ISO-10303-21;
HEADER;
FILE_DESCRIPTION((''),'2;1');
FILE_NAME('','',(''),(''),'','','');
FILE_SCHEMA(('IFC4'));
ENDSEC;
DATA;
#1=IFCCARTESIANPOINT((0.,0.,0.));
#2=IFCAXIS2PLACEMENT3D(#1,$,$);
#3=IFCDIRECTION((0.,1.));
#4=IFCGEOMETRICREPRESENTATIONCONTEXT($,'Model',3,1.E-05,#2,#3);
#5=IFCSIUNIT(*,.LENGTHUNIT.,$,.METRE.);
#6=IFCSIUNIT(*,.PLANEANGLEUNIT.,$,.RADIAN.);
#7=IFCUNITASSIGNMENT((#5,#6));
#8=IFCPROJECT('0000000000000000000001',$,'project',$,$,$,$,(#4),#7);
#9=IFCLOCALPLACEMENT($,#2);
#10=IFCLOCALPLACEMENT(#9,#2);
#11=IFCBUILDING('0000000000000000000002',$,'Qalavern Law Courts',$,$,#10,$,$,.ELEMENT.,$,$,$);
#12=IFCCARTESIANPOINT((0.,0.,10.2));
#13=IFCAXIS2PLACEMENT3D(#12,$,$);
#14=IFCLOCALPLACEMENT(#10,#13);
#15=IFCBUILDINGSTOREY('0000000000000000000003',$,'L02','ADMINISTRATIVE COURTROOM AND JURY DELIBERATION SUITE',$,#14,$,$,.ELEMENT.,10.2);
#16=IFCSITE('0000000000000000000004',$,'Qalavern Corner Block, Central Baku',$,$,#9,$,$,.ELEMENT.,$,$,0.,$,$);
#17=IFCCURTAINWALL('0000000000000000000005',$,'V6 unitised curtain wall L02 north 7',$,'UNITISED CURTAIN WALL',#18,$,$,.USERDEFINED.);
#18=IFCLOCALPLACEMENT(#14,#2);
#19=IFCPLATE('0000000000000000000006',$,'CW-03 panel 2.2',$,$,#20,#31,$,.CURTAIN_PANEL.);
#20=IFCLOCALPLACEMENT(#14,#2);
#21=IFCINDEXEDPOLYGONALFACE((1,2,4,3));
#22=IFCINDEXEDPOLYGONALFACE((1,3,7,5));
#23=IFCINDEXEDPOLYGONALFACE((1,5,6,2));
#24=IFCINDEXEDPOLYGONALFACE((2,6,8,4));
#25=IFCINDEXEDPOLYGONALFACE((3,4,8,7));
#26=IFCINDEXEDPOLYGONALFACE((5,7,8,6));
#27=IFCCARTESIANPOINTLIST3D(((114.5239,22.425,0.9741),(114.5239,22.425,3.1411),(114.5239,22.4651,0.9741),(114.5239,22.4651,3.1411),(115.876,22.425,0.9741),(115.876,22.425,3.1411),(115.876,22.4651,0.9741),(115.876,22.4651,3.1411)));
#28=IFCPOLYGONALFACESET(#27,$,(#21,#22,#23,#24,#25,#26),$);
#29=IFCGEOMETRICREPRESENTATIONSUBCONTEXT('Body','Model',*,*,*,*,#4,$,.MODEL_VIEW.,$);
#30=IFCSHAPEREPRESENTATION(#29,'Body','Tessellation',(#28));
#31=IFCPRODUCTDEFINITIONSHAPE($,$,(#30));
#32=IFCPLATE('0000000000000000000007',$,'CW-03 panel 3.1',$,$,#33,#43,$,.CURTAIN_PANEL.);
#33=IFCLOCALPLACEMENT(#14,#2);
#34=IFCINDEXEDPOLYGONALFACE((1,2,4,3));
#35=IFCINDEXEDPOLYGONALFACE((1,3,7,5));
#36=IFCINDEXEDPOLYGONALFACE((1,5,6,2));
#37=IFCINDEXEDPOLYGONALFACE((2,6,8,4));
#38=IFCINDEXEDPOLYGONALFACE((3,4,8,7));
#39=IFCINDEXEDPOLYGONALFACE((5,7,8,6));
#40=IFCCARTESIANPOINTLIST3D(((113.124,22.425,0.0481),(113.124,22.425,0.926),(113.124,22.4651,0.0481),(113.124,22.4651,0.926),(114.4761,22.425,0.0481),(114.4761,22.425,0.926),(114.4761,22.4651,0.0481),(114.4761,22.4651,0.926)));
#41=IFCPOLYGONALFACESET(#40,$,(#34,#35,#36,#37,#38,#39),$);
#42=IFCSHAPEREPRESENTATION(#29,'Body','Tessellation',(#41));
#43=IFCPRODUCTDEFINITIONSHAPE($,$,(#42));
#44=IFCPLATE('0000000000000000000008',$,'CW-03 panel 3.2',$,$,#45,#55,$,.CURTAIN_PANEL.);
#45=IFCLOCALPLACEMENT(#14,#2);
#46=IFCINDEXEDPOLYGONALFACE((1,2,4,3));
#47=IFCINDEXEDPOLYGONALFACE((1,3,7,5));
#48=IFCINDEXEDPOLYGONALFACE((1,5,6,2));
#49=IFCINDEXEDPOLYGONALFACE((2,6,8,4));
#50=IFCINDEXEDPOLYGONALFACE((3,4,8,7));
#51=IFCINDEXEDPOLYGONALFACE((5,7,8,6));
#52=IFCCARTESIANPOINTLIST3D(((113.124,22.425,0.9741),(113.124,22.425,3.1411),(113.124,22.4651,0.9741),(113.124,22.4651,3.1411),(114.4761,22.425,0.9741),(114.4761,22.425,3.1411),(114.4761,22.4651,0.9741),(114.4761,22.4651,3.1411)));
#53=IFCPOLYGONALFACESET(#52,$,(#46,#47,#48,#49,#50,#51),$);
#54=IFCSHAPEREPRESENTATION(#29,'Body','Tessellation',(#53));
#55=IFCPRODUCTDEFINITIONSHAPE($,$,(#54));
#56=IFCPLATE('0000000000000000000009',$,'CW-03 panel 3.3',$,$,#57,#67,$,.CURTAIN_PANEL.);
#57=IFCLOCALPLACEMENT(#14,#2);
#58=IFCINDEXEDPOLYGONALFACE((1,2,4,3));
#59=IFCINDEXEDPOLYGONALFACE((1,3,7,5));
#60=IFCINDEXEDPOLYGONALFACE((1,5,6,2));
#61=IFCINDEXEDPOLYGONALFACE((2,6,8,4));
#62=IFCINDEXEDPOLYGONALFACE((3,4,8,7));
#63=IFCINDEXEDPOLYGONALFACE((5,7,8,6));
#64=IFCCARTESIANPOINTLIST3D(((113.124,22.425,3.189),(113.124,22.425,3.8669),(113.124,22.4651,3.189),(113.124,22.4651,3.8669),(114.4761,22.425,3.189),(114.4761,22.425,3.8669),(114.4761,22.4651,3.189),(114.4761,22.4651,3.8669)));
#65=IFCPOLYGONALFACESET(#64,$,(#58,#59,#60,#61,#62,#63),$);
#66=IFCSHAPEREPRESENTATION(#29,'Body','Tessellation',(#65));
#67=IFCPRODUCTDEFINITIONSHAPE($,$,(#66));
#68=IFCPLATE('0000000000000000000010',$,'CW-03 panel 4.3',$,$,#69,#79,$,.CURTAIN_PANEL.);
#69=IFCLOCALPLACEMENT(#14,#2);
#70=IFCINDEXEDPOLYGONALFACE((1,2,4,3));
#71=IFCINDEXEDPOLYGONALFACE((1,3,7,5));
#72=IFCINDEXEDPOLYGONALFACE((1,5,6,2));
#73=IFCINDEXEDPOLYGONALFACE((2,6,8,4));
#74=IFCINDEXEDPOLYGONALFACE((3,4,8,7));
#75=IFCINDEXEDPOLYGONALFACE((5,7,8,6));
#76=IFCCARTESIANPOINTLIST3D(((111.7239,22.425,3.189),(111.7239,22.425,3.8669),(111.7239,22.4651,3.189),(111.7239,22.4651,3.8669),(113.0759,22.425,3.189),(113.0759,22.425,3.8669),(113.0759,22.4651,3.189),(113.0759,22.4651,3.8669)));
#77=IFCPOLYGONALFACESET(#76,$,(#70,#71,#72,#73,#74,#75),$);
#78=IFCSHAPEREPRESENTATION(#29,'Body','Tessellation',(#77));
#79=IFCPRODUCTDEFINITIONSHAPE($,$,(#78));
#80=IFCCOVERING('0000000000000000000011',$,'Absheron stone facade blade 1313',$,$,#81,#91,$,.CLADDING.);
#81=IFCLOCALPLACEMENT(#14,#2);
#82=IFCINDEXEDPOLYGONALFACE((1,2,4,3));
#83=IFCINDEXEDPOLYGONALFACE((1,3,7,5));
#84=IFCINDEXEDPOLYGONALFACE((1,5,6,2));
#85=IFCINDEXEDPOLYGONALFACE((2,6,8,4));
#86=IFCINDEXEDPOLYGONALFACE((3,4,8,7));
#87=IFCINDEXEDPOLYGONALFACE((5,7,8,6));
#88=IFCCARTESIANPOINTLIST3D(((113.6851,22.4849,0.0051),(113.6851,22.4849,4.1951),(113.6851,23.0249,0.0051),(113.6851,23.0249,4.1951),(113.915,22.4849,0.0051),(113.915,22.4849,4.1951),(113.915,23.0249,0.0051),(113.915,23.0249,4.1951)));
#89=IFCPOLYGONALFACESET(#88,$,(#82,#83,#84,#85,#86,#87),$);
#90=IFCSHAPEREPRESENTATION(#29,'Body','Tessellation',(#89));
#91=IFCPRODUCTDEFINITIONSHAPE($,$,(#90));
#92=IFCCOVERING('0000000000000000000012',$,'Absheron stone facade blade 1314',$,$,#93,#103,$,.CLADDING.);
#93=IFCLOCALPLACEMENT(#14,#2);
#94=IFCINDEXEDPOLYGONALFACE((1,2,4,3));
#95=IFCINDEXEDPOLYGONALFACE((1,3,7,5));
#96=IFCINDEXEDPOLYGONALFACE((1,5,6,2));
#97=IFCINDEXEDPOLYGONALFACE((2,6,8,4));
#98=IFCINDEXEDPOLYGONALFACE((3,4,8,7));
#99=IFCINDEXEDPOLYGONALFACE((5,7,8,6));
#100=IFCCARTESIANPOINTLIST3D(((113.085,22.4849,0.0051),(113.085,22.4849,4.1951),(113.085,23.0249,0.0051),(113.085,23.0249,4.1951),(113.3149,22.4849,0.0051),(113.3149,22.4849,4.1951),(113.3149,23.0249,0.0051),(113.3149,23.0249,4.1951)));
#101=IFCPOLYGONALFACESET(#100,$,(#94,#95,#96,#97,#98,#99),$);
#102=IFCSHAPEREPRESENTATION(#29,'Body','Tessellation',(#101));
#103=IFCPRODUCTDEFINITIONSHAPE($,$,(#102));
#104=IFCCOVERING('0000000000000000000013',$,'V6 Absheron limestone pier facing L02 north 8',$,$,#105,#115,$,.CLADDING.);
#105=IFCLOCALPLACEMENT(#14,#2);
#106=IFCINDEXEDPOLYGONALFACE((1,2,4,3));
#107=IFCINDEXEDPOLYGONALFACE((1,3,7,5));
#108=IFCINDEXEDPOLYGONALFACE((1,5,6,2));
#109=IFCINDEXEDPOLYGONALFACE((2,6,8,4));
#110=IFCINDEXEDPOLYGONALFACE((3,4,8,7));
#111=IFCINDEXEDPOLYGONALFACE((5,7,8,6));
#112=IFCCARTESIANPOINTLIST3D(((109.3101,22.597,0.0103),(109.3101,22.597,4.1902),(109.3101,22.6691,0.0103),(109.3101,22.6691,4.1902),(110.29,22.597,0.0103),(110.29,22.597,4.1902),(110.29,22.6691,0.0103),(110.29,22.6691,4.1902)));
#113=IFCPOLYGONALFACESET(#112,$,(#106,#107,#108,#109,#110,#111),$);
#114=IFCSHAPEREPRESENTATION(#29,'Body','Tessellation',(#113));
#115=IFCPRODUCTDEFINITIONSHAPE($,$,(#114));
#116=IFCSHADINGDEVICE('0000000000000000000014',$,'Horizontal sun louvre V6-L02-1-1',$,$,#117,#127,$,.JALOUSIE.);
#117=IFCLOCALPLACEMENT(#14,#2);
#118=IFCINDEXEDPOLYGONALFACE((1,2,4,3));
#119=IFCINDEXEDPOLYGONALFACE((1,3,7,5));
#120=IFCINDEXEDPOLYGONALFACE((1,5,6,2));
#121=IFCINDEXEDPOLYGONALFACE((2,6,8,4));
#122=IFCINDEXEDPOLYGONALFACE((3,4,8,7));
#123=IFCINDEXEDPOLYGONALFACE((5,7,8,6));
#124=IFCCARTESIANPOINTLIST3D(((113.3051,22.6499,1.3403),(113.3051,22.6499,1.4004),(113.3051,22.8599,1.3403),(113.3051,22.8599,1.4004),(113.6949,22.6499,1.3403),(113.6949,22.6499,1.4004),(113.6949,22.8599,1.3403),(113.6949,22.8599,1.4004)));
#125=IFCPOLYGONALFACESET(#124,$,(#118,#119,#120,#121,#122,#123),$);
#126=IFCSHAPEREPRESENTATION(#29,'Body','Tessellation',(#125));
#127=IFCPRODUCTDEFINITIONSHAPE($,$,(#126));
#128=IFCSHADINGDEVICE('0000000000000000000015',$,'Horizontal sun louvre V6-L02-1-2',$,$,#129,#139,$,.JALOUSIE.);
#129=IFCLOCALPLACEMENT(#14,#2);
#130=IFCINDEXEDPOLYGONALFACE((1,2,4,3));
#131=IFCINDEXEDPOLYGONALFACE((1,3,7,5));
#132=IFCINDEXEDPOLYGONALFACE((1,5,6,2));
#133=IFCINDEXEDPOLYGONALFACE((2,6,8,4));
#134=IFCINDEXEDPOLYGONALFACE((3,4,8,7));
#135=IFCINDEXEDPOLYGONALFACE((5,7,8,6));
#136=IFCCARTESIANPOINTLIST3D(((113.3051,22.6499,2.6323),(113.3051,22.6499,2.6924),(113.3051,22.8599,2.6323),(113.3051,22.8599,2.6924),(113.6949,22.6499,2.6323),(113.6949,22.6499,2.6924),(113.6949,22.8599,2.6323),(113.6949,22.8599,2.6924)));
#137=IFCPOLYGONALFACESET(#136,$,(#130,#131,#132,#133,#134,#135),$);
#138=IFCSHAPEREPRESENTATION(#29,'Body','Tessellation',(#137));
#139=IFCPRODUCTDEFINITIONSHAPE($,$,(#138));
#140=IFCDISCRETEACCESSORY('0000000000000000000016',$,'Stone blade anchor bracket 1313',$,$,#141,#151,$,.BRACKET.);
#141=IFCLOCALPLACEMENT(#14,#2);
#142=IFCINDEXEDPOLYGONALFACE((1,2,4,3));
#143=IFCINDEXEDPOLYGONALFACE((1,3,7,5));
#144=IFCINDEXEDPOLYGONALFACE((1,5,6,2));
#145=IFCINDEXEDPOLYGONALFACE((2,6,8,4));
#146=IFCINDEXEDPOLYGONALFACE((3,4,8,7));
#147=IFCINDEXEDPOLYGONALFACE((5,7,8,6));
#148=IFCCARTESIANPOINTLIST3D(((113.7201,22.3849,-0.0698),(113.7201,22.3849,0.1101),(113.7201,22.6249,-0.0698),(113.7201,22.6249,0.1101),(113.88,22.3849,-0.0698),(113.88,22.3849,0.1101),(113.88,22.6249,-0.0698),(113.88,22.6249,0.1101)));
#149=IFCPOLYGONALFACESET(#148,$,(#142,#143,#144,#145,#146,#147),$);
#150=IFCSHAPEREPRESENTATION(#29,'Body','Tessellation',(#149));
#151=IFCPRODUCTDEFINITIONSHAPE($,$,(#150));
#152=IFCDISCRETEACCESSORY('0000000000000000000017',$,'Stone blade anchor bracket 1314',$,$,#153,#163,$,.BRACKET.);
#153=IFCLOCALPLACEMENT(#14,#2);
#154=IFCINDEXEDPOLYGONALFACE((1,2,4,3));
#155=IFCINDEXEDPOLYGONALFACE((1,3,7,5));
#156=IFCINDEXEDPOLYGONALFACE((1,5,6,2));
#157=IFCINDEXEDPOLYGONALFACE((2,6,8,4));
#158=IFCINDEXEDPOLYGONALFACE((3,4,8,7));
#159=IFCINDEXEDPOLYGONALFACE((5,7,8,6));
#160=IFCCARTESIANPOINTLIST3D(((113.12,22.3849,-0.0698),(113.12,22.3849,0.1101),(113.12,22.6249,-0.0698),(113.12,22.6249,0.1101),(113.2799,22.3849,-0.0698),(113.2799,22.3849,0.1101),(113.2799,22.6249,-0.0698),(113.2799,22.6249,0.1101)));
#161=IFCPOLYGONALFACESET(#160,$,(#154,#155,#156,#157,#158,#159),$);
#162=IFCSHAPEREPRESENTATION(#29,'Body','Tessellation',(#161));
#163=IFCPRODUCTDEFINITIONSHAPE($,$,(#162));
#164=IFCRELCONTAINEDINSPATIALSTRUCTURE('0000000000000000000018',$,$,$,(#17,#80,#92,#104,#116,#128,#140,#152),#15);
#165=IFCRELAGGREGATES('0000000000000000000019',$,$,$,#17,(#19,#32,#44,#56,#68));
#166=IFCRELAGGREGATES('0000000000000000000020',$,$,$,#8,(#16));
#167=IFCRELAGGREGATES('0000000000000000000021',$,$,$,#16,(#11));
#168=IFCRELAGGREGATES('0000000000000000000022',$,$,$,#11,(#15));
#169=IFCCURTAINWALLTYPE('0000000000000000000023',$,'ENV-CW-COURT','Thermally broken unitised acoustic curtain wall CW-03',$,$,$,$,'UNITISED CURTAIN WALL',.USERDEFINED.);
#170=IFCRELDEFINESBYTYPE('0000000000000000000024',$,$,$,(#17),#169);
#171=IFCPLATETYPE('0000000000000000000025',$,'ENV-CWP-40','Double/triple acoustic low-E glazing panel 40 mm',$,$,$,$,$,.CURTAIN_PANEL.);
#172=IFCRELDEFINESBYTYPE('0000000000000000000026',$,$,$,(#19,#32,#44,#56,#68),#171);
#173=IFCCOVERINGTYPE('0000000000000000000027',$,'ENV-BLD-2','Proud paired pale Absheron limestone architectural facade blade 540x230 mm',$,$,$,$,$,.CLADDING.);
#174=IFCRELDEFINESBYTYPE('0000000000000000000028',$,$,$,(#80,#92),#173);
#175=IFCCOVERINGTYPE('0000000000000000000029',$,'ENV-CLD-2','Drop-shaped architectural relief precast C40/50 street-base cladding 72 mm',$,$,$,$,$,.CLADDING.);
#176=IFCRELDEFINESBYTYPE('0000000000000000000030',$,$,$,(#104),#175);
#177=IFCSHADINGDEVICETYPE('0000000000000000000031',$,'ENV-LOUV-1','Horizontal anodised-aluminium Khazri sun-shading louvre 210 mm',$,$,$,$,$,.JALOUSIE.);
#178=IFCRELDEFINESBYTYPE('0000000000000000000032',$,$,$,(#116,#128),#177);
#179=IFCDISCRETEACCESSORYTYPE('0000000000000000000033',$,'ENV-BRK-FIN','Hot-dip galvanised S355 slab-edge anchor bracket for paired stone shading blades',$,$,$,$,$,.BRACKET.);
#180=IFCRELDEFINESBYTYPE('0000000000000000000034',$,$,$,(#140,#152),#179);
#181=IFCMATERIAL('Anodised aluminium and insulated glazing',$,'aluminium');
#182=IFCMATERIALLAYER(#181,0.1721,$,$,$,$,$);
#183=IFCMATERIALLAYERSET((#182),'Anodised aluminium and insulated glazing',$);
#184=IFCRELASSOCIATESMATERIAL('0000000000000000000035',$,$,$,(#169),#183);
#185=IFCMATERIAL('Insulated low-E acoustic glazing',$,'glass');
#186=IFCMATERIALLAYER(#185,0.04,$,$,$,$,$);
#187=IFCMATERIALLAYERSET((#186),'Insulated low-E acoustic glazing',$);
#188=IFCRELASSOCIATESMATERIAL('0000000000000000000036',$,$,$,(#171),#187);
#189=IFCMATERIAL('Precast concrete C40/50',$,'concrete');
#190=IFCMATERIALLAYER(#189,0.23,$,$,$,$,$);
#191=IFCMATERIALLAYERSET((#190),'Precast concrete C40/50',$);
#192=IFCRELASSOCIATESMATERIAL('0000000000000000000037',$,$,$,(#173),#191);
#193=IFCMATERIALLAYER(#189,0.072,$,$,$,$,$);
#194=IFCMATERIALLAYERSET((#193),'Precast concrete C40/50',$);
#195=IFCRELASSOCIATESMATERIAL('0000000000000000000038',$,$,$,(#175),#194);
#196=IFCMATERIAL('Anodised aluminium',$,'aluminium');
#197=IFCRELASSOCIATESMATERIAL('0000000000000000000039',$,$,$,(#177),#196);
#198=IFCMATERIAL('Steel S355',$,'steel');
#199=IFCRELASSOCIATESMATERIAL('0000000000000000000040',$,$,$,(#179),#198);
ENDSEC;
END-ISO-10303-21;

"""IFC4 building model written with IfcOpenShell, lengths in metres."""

from ifc_helpers import new_model, si_unit, direction, frame, origin, origin_2d, place, context, subcontext, project, spatial, rectangle, extrude, material, layer, layer_set, type_object, element, aggregate, save


model = new_model("IFC4")

# Units and contexts
model_context = context("Model", 3, precision=1e-05, world=origin(), true_north=direction((0.0, 1.0)))
body_context = subcontext(model_context, "Body", "Model", "MODEL_VIEW")
ifc_project = project(units=[si_unit("LENGTHUNIT", "METRE"), si_unit("PLANEANGLEUNIT", "RADIAN")], contexts=[model_context])

# Site, building, storey
site_placement = place(None, origin())
site = spatial("IfcSite", under=ifc_project, at=site_placement, Name="Qalavern Corner Block, Central Baku", CompositionType="ELEMENT", RefElevation=0.0)
building_placement = place(site_placement, origin())
building = spatial("IfcBuilding", under=site, at=building_placement, Name="Qalavern Law Courts", CompositionType="ELEMENT")
storey_placement = place(building_placement, frame((0.0, 0.0, 10.2)))
storey = spatial("IfcBuildingStorey", under=building, at=storey_placement, Name="L02", Description="ADMINISTRATIVE COURTROOM AND JURY DELIBERATION SUITE", CompositionType="ELEMENT", Elevation=10.2)

# Curtain wall, plates
ifc_material_1 = material(Name="Anodised aluminium and insulated glazing", Category="aluminium")
ifc_layer_1 = layer(ifc_material_1, 0.1721)
ifc_layer_set_1 = layer_set([ifc_layer_1], Name="Anodised aluminium and insulated glazing")
curtain_wall_type = type_object("IfcCurtainWallType", Name="ENV-CW-COURT", Description="Thermally broken unitised acoustic curtain wall CW-03", ElementType="UNITISED CURTAIN WALL", PredefinedType="USERDEFINED", material=ifc_layer_set_1)
curtain_wall_placement = place(storey_placement, origin())
curtain_wall = element("IfcCurtainWall", 1, at=curtain_wall_placement, inside=storey, type_object=curtain_wall_type, Name="V6 unitised curtain wall L02 north 7", ObjectType="UNITISED CURTAIN WALL", PredefinedType="USERDEFINED")
ifc_material_2 = material(Name="Anodised aluminium", Category="aluminium")
ifc_material_3 = material(Name="Insulated low-E acoustic glazing", Category="glass")
ifc_layer_2 = layer(ifc_material_3, 0.04)
ifc_layer_set_2 = layer_set([ifc_layer_2], Name="Insulated low-E acoustic glazing")
plate_type = type_object("IfcPlateType", Name="ENV-CWP-40", Description="Double/triple acoustic low-E glazing panel 40 mm", PredefinedType="CURTAIN_PANEL", material=ifc_layer_set_2)
plate_1_placement = place(storey_placement, frame((115.2, 22.4451, 0.9741), z_axis=(0.0, 0.0, 1.0), x_axis=(-1.0, 0.0, 0.0)))
plate_1 = element("IfcPlate", 2, at=plate_1_placement, type_object=plate_type, Name="CW-03 panel 2.2", PredefinedType="CURTAIN_PANEL", context=body_context, shape_type="SweptSolid", body=[
    extrude(rectangle(XDim=1.3521, YDim=0.04, at=origin_2d()), origin(), (0.0, 0.0, 1.0), 2.167),
])
plate_2_placement = place(storey_placement, frame((113.8, 22.4451, 0.0481), z_axis=(0.0, 0.0, 1.0), x_axis=(-1.0, 0.0, 0.0)))
plate_2 = element("IfcPlate", 3, at=plate_2_placement, type_object=plate_type, Name="CW-03 panel 3.1", PredefinedType="CURTAIN_PANEL", context=body_context, shape_type="SweptSolid", body=[
    extrude(rectangle(XDim=1.3521, YDim=0.04, at=origin_2d()), origin(), (0.0, 0.0, 1.0), 0.8779),
])
plate_3_placement = place(storey_placement, frame((113.8, 22.4451, 0.9741), z_axis=(0.0, 0.0, 1.0), x_axis=(-1.0, 0.0, 0.0)))
plate_3 = element("IfcPlate", 4, at=plate_3_placement, type_object=plate_type, Name="CW-03 panel 3.2", PredefinedType="CURTAIN_PANEL", context=body_context, shape_type="SweptSolid", body=[
    extrude(rectangle(XDim=1.3521, YDim=0.04, at=origin_2d()), origin(), (0.0, 0.0, 1.0), 2.167),
])
plate_4_placement = place(storey_placement, frame((113.8, 22.4451, 3.189), z_axis=(0.0, 0.0, 1.0), x_axis=(-1.0, 0.0, 0.0)))
plate_4 = element("IfcPlate", 5, at=plate_4_placement, type_object=plate_type, Name="CW-03 panel 3.3", PredefinedType="CURTAIN_PANEL", context=body_context, shape_type="SweptSolid", body=[
    extrude(rectangle(XDim=1.3521, YDim=0.04, at=origin_2d()), origin(), (0.0, 0.0, 1.0), 0.678),
])
plate_5_placement = place(storey_placement, frame((112.3999, 22.4451, 3.189), z_axis=(0.0, 0.0, 1.0), x_axis=(-1.0, 0.0, 0.0)))
plate_5 = element("IfcPlate", 6, at=plate_5_placement, type_object=plate_type, Name="CW-03 panel 4.3", PredefinedType="CURTAIN_PANEL", context=body_context, shape_type="SweptSolid", body=[
    extrude(rectangle(XDim=1.3521, YDim=0.04, at=origin_2d()), origin(), (0.0, 0.0, 1.0), 0.678),
])
aggregate(curtain_wall, [plate_1, plate_2, plate_3, plate_4, plate_5])

# Coverings
ifc_material_4 = material(Name="Precast concrete C40/50", Category="concrete")
ifc_layer_3 = layer(ifc_material_4, 0.23)
ifc_layer_set_3 = layer_set([ifc_layer_3], Name="Precast concrete C40/50")
covering_type_1 = type_object("IfcCoveringType", Name="ENV-BLD-2", Description="Proud paired pale Absheron limestone architectural facade blade 540x230 mm", PredefinedType="CLADDING", material=ifc_layer_set_3)
for number, where, z_axis, x_axis, name in (
    (7, (113.8, 22.7549, 0.0051), (0.0, 0.0, 1.0), (0.0, 1.0, 0.0), "Absheron stone facade blade 1313"),
    (8, (113.2, 22.7549, 0.0051), (0.0, 0.0, 1.0), (0.0, 1.0, 0.0), "Absheron stone facade blade 1314"),
):
    element("IfcCovering", number, at=place(storey_placement, frame(where, z_axis=z_axis, x_axis=x_axis)), inside=storey, type_object=covering_type_1, Name=name, PredefinedType="CLADDING", context=body_context, shape_type="SweptSolid", body=[
        extrude(rectangle(XDim=0.54, YDim=0.23, at=origin_2d()), origin(), (0.0, 0.0, 1.0), 4.1899),
    ])
ifc_layer_4 = layer(ifc_material_4, 0.072)
ifc_layer_set_4 = layer_set([ifc_layer_4], Name="Precast concrete C40/50")
covering_type_2 = type_object("IfcCoveringType", Name="ENV-CLD-2", Description="Drop-shaped architectural relief precast C40/50 street-base cladding 72 mm", PredefinedType="CLADDING", material=ifc_layer_set_4)
covering_placement = place(storey_placement, frame((109.8, 22.6331, 0.0103), z_axis=(0.0, 0.0, 1.0), x_axis=(-1.0, 0.0, 0.0)))
element("IfcCovering", 9, at=covering_placement, inside=storey, type_object=covering_type_2, Name="V6 Absheron limestone pier facing L02 north 8", PredefinedType="CLADDING", context=body_context, shape_type="SweptSolid", body=[
    extrude(rectangle(XDim=0.98, YDim=0.072, at=origin_2d()), origin(), (0.0, 0.0, 1.0), 4.1799),
])

# Shading devices
shading_device_type = type_object("IfcShadingDeviceType", Name="ENV-LOUV-1", Description="Horizontal anodised-aluminium Khazri sun-shading louvre 210 mm", PredefinedType="JALOUSIE", material=ifc_material_2)
for number, where, z_axis, x_axis, name in (
    (10, (113.5, 22.7549, 1.3403), (0.0, 0.0, 1.0), (-1.0, 0.0, 0.0), "Horizontal sun louvre V6-L02-1-1"),
    (11, (113.5, 22.7549, 2.6323), (0.0, 0.0, 1.0), (-1.0, 0.0, 0.0), "Horizontal sun louvre V6-L02-1-2"),
):
    element("IfcShadingDevice", number, at=place(storey_placement, frame(where, z_axis=z_axis, x_axis=x_axis)), inside=storey, type_object=shading_device_type, Name=name, PredefinedType="JALOUSIE", context=body_context, shape_type="SweptSolid", body=[
        extrude(rectangle(XDim=0.3899, YDim=0.21, at=origin_2d()), origin(), (0.0, 0.0, 1.0), 0.0601),
    ])

# Discrete accessories
ifc_material_5 = material(Name="Steel S355", Category="steel")
discrete_accessory_type = type_object("IfcDiscreteAccessoryType", Name="ENV-BRK-FIN", Description="Hot-dip galvanised S355 slab-edge anchor bracket for paired stone shading blades", PredefinedType="BRACKET", material=ifc_material_5)
for number, where, z_axis, x_axis, name in (
    (12, (113.8, 22.5049, -0.0698), (0.0, 0.0, 1.0), (0.0, 1.0, 0.0), "Stone blade anchor bracket 1313"),
    (13, (113.2, 22.5049, -0.0698), (0.0, 0.0, 1.0), (0.0, 1.0, 0.0), "Stone blade anchor bracket 1314"),
):
    element("IfcDiscreteAccessory", number, at=place(storey_placement, frame(where, z_axis=z_axis, x_axis=x_axis)), inside=storey, type_object=discrete_accessory_type, Name=name, PredefinedType="BRACKET", context=body_context, shape_type="SweptSolid", body=[
        extrude(rectangle(XDim=0.24, YDim=0.1599, at=origin_2d()), origin(), (0.0, 0.0, 1.0), 0.1799),
    ])

save(model, "model.ifc")
